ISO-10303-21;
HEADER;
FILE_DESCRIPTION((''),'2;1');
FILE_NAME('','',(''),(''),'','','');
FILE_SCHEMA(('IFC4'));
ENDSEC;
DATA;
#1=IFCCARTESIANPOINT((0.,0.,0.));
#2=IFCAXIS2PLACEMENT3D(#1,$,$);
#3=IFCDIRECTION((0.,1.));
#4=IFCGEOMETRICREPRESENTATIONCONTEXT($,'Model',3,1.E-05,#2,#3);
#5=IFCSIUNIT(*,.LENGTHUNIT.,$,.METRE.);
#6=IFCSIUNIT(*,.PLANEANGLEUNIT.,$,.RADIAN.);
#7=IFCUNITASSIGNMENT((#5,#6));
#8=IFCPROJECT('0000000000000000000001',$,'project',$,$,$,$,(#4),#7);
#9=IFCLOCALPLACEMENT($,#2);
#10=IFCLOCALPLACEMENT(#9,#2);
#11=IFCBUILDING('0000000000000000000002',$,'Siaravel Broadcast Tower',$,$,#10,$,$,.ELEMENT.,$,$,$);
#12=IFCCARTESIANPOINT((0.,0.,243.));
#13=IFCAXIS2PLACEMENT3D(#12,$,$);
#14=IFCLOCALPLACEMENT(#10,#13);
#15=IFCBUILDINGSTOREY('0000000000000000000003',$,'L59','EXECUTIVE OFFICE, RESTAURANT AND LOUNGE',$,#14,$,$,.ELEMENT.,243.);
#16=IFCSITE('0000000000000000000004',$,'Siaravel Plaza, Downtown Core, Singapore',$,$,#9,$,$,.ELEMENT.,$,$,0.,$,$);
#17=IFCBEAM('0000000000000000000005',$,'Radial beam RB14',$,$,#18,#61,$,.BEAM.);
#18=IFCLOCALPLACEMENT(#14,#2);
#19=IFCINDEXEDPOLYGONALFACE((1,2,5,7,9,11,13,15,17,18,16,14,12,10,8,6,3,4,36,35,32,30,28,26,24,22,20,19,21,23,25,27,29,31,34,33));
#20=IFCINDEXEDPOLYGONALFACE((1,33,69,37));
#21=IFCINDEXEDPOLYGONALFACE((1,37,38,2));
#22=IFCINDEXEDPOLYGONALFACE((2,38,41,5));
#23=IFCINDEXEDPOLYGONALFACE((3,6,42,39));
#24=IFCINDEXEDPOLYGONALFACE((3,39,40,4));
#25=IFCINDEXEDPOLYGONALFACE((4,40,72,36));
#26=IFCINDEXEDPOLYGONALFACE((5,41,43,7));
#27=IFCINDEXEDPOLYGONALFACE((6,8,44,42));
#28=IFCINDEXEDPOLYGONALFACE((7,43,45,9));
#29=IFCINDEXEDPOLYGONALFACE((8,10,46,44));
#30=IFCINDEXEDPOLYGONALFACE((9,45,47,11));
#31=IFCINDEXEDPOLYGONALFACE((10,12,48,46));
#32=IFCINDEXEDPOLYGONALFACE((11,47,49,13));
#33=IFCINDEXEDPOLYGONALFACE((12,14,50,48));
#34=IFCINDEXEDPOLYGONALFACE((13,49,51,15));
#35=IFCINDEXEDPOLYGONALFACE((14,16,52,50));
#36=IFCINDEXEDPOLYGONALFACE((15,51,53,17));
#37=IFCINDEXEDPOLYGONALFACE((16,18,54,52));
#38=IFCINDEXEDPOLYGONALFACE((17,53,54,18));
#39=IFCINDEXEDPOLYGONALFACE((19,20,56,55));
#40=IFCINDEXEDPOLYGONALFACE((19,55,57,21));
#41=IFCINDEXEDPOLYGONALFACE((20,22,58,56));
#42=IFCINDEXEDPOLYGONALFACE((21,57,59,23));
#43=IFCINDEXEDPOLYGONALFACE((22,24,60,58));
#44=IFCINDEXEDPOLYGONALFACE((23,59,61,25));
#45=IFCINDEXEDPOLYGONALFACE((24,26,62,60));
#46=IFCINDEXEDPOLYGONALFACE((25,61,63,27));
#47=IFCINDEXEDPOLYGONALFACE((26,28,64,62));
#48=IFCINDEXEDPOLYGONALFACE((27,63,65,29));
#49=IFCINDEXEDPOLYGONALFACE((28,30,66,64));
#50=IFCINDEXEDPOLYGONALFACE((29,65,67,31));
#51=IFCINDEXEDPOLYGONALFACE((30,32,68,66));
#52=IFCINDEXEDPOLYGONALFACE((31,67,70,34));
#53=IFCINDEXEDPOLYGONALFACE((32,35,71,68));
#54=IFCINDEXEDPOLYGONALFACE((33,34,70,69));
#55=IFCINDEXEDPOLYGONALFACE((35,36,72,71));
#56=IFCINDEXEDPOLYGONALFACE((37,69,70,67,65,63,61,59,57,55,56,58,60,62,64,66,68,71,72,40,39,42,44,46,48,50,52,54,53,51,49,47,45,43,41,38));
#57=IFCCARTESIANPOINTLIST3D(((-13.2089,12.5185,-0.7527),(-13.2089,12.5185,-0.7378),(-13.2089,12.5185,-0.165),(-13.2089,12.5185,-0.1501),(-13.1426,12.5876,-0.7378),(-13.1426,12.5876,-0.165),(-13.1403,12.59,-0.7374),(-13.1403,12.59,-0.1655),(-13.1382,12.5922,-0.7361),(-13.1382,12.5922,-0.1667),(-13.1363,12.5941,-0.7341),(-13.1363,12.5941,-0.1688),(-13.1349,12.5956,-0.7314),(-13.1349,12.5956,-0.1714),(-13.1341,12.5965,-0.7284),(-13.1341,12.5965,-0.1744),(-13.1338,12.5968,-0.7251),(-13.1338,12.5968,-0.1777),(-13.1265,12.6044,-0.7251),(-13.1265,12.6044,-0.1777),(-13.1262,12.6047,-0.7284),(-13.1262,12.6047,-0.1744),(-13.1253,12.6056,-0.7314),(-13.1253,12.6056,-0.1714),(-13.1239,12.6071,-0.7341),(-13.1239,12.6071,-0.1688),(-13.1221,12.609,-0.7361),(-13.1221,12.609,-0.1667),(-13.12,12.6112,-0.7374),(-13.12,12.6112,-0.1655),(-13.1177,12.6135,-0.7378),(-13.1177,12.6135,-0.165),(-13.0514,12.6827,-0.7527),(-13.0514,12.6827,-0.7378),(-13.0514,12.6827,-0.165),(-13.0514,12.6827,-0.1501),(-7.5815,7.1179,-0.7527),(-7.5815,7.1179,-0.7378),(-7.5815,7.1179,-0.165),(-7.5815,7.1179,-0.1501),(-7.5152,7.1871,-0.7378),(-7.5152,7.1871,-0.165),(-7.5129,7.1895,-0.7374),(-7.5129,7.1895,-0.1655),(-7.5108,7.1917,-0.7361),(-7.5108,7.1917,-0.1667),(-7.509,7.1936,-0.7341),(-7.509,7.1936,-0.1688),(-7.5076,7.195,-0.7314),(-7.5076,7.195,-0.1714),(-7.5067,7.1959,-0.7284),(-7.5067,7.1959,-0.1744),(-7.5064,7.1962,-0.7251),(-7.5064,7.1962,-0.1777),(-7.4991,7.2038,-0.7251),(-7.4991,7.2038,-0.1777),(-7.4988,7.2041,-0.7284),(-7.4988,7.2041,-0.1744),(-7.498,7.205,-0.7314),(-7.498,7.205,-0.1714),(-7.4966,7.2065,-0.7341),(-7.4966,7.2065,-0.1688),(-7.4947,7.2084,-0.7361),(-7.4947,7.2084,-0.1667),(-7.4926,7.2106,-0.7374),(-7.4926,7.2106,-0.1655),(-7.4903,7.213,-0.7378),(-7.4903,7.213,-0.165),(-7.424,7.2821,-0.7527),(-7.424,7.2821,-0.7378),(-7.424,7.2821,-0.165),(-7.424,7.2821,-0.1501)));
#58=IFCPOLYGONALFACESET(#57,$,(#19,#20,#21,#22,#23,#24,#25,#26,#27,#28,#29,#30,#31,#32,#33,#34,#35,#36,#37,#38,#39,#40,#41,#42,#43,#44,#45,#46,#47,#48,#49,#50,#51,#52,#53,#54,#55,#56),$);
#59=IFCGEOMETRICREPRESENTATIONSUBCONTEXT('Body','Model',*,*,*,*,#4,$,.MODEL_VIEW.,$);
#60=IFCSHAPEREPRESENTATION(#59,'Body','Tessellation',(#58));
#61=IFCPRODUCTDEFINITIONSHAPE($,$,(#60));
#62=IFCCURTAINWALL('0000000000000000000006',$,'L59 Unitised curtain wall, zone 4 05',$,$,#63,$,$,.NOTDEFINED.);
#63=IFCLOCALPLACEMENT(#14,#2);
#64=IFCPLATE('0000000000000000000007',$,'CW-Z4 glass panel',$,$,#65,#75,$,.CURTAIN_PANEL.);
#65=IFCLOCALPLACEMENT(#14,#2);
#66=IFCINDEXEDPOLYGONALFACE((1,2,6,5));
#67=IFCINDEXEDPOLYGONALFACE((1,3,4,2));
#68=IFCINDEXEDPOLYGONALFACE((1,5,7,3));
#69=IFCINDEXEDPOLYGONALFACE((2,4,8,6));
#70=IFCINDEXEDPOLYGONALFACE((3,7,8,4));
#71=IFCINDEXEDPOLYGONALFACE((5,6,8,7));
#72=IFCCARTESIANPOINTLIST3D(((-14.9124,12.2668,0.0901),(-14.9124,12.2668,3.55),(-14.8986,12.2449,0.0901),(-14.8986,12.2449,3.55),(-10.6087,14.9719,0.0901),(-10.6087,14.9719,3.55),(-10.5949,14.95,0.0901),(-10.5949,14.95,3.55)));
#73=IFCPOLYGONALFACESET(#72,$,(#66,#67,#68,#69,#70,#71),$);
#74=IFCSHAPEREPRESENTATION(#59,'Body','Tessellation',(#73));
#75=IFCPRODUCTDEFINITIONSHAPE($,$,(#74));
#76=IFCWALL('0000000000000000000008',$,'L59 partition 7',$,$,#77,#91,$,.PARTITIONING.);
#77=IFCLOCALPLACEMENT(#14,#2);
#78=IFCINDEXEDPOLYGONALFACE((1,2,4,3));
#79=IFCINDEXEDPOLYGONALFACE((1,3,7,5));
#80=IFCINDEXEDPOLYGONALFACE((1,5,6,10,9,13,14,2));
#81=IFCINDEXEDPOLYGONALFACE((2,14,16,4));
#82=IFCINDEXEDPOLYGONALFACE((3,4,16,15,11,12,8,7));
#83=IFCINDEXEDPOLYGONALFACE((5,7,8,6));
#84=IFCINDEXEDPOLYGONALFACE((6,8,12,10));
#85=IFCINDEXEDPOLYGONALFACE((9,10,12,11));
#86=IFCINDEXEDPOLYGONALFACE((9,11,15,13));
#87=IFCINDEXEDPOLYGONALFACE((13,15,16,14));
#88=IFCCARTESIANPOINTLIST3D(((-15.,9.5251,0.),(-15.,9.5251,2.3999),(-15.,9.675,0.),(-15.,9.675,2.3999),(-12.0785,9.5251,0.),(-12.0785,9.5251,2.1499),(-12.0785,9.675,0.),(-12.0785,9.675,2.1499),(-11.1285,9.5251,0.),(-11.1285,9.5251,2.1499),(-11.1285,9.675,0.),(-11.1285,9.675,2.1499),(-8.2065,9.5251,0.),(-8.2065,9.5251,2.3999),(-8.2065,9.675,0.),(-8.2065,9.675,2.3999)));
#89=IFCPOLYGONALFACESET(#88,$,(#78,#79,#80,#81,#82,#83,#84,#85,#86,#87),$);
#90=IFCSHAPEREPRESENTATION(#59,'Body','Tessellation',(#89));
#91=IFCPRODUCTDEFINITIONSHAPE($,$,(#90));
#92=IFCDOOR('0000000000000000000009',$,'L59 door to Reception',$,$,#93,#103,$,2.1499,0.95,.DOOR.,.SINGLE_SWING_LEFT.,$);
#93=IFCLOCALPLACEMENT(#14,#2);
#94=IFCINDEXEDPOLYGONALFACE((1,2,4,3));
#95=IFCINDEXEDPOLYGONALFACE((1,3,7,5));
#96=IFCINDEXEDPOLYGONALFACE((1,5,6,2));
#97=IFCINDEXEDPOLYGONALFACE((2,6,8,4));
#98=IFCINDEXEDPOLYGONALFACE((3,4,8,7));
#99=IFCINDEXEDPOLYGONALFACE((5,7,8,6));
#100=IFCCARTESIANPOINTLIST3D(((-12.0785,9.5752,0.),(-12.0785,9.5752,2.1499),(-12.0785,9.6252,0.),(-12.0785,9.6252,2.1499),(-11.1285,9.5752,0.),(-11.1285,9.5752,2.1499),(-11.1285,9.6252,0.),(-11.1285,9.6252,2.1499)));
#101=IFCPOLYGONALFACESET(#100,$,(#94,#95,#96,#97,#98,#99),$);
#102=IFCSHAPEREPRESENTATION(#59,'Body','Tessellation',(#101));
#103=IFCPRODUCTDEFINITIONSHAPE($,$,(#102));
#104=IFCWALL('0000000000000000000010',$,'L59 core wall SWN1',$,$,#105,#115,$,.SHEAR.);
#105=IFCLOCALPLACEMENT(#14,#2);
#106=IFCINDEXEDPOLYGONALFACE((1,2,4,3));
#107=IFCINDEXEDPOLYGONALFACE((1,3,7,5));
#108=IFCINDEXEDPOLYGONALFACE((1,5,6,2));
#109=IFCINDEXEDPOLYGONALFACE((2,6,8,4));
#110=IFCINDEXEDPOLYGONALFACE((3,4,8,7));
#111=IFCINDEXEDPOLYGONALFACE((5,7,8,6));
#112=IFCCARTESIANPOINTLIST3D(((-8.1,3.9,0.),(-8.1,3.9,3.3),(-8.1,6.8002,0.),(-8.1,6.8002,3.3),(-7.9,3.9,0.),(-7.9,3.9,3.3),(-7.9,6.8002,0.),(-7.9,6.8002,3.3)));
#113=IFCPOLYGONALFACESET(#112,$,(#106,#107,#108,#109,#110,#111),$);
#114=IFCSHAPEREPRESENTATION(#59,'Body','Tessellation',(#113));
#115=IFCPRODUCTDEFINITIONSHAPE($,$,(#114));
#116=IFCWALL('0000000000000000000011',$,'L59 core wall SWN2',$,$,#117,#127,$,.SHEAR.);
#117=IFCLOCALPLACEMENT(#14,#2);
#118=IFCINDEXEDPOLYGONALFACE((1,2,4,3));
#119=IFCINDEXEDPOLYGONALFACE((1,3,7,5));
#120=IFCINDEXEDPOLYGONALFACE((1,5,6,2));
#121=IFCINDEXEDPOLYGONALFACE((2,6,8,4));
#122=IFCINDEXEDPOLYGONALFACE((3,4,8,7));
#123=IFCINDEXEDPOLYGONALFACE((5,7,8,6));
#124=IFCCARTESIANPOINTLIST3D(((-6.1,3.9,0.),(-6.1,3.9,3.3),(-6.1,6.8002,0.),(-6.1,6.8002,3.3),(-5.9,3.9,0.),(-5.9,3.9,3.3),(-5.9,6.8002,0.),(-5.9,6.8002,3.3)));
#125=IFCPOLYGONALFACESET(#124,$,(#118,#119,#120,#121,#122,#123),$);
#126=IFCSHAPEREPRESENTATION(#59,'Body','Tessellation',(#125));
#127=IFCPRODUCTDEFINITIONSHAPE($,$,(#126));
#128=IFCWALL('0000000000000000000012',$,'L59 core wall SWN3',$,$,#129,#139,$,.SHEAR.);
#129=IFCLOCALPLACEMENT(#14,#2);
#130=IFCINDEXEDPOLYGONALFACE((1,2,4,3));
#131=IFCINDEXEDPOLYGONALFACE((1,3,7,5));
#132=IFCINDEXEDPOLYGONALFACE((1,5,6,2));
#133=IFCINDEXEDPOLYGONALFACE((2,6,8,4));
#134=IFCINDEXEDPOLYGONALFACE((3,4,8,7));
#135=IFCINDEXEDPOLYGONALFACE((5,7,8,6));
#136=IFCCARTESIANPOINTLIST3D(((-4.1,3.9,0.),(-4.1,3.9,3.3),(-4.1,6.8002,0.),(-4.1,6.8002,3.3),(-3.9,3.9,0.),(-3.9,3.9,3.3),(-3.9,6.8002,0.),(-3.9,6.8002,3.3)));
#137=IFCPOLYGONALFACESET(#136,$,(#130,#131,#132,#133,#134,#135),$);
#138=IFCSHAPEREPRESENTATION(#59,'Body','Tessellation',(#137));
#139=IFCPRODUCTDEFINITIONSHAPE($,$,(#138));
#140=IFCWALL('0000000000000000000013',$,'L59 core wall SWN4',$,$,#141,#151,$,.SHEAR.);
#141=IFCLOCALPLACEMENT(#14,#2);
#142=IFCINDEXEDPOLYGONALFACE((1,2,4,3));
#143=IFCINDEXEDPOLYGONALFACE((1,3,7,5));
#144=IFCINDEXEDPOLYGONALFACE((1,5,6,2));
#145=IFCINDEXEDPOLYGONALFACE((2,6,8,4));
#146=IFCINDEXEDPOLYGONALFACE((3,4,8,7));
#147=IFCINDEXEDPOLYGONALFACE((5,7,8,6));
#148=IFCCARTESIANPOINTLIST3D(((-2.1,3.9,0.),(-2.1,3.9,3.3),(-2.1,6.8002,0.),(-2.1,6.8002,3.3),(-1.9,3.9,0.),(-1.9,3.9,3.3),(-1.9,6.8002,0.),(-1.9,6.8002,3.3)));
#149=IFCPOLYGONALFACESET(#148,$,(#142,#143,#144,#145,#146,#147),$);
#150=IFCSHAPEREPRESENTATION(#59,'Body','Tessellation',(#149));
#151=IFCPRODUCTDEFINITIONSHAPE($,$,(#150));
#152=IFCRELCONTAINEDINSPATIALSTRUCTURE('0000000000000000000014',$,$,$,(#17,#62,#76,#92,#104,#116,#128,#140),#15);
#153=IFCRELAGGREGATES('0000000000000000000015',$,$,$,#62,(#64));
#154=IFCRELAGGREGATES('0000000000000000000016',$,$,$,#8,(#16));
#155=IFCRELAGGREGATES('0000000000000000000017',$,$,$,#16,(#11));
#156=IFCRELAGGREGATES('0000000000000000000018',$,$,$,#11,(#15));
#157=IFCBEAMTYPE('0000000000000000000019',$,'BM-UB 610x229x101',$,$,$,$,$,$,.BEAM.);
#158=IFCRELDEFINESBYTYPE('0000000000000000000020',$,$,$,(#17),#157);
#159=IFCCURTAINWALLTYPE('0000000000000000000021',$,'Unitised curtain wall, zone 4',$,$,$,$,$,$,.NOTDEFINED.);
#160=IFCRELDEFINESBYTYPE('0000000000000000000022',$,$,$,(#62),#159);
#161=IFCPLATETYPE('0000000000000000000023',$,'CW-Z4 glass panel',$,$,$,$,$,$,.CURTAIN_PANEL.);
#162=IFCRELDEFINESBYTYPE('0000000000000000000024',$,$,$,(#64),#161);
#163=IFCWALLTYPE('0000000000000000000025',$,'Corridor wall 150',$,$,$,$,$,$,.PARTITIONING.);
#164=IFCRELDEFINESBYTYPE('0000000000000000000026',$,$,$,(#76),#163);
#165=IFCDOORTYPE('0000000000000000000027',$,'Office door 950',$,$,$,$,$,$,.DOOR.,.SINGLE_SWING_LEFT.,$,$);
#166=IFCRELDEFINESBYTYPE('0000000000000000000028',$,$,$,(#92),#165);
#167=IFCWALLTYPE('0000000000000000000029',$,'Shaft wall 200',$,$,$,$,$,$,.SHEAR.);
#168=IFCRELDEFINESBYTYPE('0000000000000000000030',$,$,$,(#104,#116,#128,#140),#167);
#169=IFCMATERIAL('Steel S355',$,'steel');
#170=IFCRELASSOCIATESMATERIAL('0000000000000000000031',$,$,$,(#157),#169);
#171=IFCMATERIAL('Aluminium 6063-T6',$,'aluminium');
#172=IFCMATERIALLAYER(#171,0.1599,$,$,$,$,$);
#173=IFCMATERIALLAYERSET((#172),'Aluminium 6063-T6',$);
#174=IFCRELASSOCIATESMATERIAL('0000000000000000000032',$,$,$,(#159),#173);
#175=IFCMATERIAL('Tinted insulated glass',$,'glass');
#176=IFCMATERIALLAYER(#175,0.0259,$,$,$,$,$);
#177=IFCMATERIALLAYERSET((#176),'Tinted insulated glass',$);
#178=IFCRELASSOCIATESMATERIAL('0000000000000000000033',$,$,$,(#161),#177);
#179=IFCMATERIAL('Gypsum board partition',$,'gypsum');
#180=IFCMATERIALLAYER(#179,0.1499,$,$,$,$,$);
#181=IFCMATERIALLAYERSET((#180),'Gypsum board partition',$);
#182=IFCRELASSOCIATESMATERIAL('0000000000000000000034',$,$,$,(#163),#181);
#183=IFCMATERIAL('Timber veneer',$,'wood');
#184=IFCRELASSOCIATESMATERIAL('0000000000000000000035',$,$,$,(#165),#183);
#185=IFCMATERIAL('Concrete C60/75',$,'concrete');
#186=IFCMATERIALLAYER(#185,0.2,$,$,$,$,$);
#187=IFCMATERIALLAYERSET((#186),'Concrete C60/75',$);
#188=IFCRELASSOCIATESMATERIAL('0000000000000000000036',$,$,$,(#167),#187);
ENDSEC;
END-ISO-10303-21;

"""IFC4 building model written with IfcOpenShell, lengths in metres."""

from ifc_helpers import new_model, si_unit, direction, frame, frame_2d, origin, origin_2d, place, context, subcontext, project, spatial, rectangle, i_section, extrude, material, layer, layer_set, material_profile, profile_set, type_object, element, fill, aggregate, save


model = new_model("IFC4")

# Units and contexts
model_context = context("Model", 3, precision=1e-05, world=origin(), true_north=direction((0.0, 1.0)))
body_context = subcontext(model_context, "Body", "Model", "MODEL_VIEW")
ifc_project = project(units=[si_unit("LENGTHUNIT", "METRE"), si_unit("PLANEANGLEUNIT", "RADIAN")], contexts=[model_context])

# Site, building, storey
site_placement = place(None, origin())
site = spatial("IfcSite", under=ifc_project, at=site_placement, Name="Siaravel Plaza, Downtown Core, Singapore", CompositionType="ELEMENT", RefElevation=0.0)
building_placement = place(site_placement, origin())
building = spatial("IfcBuilding", under=site, at=building_placement, Name="Siaravel Broadcast Tower", CompositionType="ELEMENT")
storey_placement = place(building_placement, frame((0.0, 0.0, 243.0)))
storey = spatial("IfcBuildingStorey", under=building, at=storey_placement, Name="L59", Description="EXECUTIVE OFFICE, RESTAURANT AND LOUNGE", CompositionType="ELEMENT", Elevation=243.0)

# Beam
ifc_material_1 = material(Name="Steel S355", Category="steel")
ifc_material_profile = material_profile(ifc_material_1, i_section(OverallWidth=0.2275, OverallDepth=0.6025, WebThickness=0.0105, FlangeThickness=0.0149, FilletRadius=0.0127, at=origin_2d()))
ifc_profile_set = profile_set([ifc_material_profile], Name="Steel S355")
beam_type = type_object("IfcBeamType", Name="BM-UB 610x229x101", PredefinedType="BEAM", material=ifc_profile_set)
beam_placement = place(storey_placement, frame((-13.1301, 12.6006, -0.4514), z_axis=(0.721497, -0.692418, 0.0), x_axis=(0.692418, 0.721497, 0.0)))
element("IfcBeam", 1, at=beam_placement, inside=storey, type_object=beam_type, Name="Radial beam RB14", PredefinedType="BEAM", context=body_context, shape_type="SweptSolid", body=[
    extrude(i_section(OverallWidth=0.2275, OverallDepth=0.6025, WebThickness=0.0105, FlangeThickness=0.0149, FilletRadius=0.0127, at=origin_2d()), origin(), (0.0, 0.0, 1.0), 7.7996),
])

# Curtain wall, plate
ifc_material_2 = material(Name="Aluminium 6063-T6", Category="aluminium")
ifc_layer_1 = layer(ifc_material_2, 0.1599)
ifc_layer_set_1 = layer_set([ifc_layer_1], Name="Aluminium 6063-T6")
curtain_wall_type = type_object("IfcCurtainWallType", Name="Unitised curtain wall, zone 4", PredefinedType="NOTDEFINED", material=ifc_layer_set_1)
curtain_wall_placement = place(storey_placement, origin())
curtain_wall = element("IfcCurtainWall", 2, at=curtain_wall_placement, inside=storey, type_object=curtain_wall_type, Name="L59 Unitised curtain wall, zone 4 05", PredefinedType="NOTDEFINED")
ifc_material_3 = material(Name="Tinted insulated glass", Category="glass")
ifc_layer_2 = layer(ifc_material_3, 0.0259)
ifc_layer_set_2 = layer_set([ifc_layer_2], Name="Tinted insulated glass")
plate_type = type_object("IfcPlateType", Name="CW-Z4 glass panel", PredefinedType="CURTAIN_PANEL", material=ifc_layer_set_2)
plate_placement = place(storey_placement, frame((-12.7537, 13.6084, 0.0901), z_axis=(0.0, 0.0, 1.0), x_axis=(-0.84665, -0.53215, 0.0)))
plate = element("IfcPlate", 3, at=plate_placement, type_object=plate_type, Name="CW-Z4 glass panel", PredefinedType="CURTAIN_PANEL", context=body_context, shape_type="SweptSolid", body=[
    extrude(rectangle(XDim=5.0833, YDim=0.0259, at=origin_2d()), origin(), (0.0, 0.0, 1.0), 3.46),
])
aggregate(curtain_wall, [plate])

# Shared definitions
ifc_material_4 = material(Name="Concrete C60/75", Category="concrete")
ifc_material_5 = material(Name="Timber veneer", Category="wood")

# Wall, opening, door
ifc_material_6 = material(Name="Gypsum board partition", Category="gypsum")
ifc_layer_3 = layer(ifc_material_6, 0.1499)
ifc_layer_set_3 = layer_set([ifc_layer_3], Name="Gypsum board partition")
wall_type_1 = type_object("IfcWallType", Name="Corridor wall 150", PredefinedType="PARTITIONING", material=ifc_layer_set_3)
wall_1_placement = place(storey_placement, frame((-8.2065, 9.6001, 0.0), z_axis=(0.0, 0.0, 1.0), x_axis=(-1.0, 0.0, 0.0)))
wall_1 = element("IfcWall", 4, at=wall_1_placement, inside=storey, type_object=wall_type_1, Name="L59 partition 7", PredefinedType="PARTITIONING", context=body_context, shape_type="SweptSolid", body=[
    extrude(rectangle(XDim=6.7935, YDim=0.1499, at=frame_2d((3.3967, 0.0))), origin(), (0.0, 0.0, 1.0), 2.3999),
])
opening_1_placement = place(wall_1_placement, frame((2.9219, 0.0, 0.0)))
opening_1 = element("IfcOpeningElement", 5, at=opening_1_placement, cuts=wall_1, PredefinedType="OPENING", context=body_context, shape_type="SweptSolid", body=[
    extrude(rectangle(XDim=0.95, YDim=2.1499, at=frame_2d((0.4751, 1.075))), frame((0.0, 0.085, 0.0), z_axis=(0.0, -1.0, 0.0), x_axis=(1.0, 0.0, 0.0)), (0.0, 0.0, 1.0), 0.1699),
])
door_type_1 = type_object("IfcDoorType", Name="Office door 950", OperationType="SINGLE_SWING_LEFT", PredefinedType="DOOR", material=ifc_material_5)
door_1_placement = place(opening_1_placement, origin())
door_1 = element("IfcDoor", 6, at=door_1_placement, inside=storey, type_object=door_type_1, Name="L59 door to Reception", OperationType="SINGLE_SWING_LEFT", OverallHeight=2.1499, OverallWidth=0.95, PredefinedType="DOOR", context=body_context, shape_type="SweptSolid", body=[
    extrude(rectangle(XDim=0.95, YDim=2.1499, at=frame_2d((0.4751, 1.075))), frame((0.0, 0.0249, 0.0), z_axis=(0.0, -1.0, 0.0), x_axis=(1.0, 0.0, 0.0)), (0.0, 0.0, 1.0), 0.05),
])
fill(opening_1, door_1)

# Walls
ifc_layer_4 = layer(ifc_material_4, 0.2)
ifc_layer_set_4 = layer_set([ifc_layer_4], Name="Concrete C60/75")
wall_type_2 = type_object("IfcWallType", Name="Shaft wall 200", PredefinedType="SHEAR", material=ifc_layer_set_4)
for number, where, z_axis, x_axis, name in (
    (7, (-8.0, 3.8999, 0.0), (0.0, 0.0, 1.0), (0.0, 1.0, 0.0), "L59 core wall SWN1"),
    (8, (-6.0, 3.8999, 0.0), (0.0, 0.0, 1.0), (0.0, 1.0, 0.0), "L59 core wall SWN2"),
    (9, (-4.0, 3.8999, 0.0), (0.0, 0.0, 1.0), (0.0, 1.0, 0.0), "L59 core wall SWN3"),
    (10, (-2.0, 3.8999, 0.0), (0.0, 0.0, 1.0), (0.0, 1.0, 0.0), "L59 core wall SWN4"),
):
    element("IfcWall", number, at=place(storey_placement, frame(where, z_axis=z_axis, x_axis=x_axis)), inside=storey, type_object=wall_type_2, Name=name, PredefinedType="SHEAR", context=body_context, shape_type="SweptSolid", body=[
        extrude(rectangle(XDim=2.9001, YDim=0.2, at=frame_2d((1.4502, 0.0))), origin(), (0.0, 0.0, 1.0), 3.3),
    ])

save(model, "model.ifc")
